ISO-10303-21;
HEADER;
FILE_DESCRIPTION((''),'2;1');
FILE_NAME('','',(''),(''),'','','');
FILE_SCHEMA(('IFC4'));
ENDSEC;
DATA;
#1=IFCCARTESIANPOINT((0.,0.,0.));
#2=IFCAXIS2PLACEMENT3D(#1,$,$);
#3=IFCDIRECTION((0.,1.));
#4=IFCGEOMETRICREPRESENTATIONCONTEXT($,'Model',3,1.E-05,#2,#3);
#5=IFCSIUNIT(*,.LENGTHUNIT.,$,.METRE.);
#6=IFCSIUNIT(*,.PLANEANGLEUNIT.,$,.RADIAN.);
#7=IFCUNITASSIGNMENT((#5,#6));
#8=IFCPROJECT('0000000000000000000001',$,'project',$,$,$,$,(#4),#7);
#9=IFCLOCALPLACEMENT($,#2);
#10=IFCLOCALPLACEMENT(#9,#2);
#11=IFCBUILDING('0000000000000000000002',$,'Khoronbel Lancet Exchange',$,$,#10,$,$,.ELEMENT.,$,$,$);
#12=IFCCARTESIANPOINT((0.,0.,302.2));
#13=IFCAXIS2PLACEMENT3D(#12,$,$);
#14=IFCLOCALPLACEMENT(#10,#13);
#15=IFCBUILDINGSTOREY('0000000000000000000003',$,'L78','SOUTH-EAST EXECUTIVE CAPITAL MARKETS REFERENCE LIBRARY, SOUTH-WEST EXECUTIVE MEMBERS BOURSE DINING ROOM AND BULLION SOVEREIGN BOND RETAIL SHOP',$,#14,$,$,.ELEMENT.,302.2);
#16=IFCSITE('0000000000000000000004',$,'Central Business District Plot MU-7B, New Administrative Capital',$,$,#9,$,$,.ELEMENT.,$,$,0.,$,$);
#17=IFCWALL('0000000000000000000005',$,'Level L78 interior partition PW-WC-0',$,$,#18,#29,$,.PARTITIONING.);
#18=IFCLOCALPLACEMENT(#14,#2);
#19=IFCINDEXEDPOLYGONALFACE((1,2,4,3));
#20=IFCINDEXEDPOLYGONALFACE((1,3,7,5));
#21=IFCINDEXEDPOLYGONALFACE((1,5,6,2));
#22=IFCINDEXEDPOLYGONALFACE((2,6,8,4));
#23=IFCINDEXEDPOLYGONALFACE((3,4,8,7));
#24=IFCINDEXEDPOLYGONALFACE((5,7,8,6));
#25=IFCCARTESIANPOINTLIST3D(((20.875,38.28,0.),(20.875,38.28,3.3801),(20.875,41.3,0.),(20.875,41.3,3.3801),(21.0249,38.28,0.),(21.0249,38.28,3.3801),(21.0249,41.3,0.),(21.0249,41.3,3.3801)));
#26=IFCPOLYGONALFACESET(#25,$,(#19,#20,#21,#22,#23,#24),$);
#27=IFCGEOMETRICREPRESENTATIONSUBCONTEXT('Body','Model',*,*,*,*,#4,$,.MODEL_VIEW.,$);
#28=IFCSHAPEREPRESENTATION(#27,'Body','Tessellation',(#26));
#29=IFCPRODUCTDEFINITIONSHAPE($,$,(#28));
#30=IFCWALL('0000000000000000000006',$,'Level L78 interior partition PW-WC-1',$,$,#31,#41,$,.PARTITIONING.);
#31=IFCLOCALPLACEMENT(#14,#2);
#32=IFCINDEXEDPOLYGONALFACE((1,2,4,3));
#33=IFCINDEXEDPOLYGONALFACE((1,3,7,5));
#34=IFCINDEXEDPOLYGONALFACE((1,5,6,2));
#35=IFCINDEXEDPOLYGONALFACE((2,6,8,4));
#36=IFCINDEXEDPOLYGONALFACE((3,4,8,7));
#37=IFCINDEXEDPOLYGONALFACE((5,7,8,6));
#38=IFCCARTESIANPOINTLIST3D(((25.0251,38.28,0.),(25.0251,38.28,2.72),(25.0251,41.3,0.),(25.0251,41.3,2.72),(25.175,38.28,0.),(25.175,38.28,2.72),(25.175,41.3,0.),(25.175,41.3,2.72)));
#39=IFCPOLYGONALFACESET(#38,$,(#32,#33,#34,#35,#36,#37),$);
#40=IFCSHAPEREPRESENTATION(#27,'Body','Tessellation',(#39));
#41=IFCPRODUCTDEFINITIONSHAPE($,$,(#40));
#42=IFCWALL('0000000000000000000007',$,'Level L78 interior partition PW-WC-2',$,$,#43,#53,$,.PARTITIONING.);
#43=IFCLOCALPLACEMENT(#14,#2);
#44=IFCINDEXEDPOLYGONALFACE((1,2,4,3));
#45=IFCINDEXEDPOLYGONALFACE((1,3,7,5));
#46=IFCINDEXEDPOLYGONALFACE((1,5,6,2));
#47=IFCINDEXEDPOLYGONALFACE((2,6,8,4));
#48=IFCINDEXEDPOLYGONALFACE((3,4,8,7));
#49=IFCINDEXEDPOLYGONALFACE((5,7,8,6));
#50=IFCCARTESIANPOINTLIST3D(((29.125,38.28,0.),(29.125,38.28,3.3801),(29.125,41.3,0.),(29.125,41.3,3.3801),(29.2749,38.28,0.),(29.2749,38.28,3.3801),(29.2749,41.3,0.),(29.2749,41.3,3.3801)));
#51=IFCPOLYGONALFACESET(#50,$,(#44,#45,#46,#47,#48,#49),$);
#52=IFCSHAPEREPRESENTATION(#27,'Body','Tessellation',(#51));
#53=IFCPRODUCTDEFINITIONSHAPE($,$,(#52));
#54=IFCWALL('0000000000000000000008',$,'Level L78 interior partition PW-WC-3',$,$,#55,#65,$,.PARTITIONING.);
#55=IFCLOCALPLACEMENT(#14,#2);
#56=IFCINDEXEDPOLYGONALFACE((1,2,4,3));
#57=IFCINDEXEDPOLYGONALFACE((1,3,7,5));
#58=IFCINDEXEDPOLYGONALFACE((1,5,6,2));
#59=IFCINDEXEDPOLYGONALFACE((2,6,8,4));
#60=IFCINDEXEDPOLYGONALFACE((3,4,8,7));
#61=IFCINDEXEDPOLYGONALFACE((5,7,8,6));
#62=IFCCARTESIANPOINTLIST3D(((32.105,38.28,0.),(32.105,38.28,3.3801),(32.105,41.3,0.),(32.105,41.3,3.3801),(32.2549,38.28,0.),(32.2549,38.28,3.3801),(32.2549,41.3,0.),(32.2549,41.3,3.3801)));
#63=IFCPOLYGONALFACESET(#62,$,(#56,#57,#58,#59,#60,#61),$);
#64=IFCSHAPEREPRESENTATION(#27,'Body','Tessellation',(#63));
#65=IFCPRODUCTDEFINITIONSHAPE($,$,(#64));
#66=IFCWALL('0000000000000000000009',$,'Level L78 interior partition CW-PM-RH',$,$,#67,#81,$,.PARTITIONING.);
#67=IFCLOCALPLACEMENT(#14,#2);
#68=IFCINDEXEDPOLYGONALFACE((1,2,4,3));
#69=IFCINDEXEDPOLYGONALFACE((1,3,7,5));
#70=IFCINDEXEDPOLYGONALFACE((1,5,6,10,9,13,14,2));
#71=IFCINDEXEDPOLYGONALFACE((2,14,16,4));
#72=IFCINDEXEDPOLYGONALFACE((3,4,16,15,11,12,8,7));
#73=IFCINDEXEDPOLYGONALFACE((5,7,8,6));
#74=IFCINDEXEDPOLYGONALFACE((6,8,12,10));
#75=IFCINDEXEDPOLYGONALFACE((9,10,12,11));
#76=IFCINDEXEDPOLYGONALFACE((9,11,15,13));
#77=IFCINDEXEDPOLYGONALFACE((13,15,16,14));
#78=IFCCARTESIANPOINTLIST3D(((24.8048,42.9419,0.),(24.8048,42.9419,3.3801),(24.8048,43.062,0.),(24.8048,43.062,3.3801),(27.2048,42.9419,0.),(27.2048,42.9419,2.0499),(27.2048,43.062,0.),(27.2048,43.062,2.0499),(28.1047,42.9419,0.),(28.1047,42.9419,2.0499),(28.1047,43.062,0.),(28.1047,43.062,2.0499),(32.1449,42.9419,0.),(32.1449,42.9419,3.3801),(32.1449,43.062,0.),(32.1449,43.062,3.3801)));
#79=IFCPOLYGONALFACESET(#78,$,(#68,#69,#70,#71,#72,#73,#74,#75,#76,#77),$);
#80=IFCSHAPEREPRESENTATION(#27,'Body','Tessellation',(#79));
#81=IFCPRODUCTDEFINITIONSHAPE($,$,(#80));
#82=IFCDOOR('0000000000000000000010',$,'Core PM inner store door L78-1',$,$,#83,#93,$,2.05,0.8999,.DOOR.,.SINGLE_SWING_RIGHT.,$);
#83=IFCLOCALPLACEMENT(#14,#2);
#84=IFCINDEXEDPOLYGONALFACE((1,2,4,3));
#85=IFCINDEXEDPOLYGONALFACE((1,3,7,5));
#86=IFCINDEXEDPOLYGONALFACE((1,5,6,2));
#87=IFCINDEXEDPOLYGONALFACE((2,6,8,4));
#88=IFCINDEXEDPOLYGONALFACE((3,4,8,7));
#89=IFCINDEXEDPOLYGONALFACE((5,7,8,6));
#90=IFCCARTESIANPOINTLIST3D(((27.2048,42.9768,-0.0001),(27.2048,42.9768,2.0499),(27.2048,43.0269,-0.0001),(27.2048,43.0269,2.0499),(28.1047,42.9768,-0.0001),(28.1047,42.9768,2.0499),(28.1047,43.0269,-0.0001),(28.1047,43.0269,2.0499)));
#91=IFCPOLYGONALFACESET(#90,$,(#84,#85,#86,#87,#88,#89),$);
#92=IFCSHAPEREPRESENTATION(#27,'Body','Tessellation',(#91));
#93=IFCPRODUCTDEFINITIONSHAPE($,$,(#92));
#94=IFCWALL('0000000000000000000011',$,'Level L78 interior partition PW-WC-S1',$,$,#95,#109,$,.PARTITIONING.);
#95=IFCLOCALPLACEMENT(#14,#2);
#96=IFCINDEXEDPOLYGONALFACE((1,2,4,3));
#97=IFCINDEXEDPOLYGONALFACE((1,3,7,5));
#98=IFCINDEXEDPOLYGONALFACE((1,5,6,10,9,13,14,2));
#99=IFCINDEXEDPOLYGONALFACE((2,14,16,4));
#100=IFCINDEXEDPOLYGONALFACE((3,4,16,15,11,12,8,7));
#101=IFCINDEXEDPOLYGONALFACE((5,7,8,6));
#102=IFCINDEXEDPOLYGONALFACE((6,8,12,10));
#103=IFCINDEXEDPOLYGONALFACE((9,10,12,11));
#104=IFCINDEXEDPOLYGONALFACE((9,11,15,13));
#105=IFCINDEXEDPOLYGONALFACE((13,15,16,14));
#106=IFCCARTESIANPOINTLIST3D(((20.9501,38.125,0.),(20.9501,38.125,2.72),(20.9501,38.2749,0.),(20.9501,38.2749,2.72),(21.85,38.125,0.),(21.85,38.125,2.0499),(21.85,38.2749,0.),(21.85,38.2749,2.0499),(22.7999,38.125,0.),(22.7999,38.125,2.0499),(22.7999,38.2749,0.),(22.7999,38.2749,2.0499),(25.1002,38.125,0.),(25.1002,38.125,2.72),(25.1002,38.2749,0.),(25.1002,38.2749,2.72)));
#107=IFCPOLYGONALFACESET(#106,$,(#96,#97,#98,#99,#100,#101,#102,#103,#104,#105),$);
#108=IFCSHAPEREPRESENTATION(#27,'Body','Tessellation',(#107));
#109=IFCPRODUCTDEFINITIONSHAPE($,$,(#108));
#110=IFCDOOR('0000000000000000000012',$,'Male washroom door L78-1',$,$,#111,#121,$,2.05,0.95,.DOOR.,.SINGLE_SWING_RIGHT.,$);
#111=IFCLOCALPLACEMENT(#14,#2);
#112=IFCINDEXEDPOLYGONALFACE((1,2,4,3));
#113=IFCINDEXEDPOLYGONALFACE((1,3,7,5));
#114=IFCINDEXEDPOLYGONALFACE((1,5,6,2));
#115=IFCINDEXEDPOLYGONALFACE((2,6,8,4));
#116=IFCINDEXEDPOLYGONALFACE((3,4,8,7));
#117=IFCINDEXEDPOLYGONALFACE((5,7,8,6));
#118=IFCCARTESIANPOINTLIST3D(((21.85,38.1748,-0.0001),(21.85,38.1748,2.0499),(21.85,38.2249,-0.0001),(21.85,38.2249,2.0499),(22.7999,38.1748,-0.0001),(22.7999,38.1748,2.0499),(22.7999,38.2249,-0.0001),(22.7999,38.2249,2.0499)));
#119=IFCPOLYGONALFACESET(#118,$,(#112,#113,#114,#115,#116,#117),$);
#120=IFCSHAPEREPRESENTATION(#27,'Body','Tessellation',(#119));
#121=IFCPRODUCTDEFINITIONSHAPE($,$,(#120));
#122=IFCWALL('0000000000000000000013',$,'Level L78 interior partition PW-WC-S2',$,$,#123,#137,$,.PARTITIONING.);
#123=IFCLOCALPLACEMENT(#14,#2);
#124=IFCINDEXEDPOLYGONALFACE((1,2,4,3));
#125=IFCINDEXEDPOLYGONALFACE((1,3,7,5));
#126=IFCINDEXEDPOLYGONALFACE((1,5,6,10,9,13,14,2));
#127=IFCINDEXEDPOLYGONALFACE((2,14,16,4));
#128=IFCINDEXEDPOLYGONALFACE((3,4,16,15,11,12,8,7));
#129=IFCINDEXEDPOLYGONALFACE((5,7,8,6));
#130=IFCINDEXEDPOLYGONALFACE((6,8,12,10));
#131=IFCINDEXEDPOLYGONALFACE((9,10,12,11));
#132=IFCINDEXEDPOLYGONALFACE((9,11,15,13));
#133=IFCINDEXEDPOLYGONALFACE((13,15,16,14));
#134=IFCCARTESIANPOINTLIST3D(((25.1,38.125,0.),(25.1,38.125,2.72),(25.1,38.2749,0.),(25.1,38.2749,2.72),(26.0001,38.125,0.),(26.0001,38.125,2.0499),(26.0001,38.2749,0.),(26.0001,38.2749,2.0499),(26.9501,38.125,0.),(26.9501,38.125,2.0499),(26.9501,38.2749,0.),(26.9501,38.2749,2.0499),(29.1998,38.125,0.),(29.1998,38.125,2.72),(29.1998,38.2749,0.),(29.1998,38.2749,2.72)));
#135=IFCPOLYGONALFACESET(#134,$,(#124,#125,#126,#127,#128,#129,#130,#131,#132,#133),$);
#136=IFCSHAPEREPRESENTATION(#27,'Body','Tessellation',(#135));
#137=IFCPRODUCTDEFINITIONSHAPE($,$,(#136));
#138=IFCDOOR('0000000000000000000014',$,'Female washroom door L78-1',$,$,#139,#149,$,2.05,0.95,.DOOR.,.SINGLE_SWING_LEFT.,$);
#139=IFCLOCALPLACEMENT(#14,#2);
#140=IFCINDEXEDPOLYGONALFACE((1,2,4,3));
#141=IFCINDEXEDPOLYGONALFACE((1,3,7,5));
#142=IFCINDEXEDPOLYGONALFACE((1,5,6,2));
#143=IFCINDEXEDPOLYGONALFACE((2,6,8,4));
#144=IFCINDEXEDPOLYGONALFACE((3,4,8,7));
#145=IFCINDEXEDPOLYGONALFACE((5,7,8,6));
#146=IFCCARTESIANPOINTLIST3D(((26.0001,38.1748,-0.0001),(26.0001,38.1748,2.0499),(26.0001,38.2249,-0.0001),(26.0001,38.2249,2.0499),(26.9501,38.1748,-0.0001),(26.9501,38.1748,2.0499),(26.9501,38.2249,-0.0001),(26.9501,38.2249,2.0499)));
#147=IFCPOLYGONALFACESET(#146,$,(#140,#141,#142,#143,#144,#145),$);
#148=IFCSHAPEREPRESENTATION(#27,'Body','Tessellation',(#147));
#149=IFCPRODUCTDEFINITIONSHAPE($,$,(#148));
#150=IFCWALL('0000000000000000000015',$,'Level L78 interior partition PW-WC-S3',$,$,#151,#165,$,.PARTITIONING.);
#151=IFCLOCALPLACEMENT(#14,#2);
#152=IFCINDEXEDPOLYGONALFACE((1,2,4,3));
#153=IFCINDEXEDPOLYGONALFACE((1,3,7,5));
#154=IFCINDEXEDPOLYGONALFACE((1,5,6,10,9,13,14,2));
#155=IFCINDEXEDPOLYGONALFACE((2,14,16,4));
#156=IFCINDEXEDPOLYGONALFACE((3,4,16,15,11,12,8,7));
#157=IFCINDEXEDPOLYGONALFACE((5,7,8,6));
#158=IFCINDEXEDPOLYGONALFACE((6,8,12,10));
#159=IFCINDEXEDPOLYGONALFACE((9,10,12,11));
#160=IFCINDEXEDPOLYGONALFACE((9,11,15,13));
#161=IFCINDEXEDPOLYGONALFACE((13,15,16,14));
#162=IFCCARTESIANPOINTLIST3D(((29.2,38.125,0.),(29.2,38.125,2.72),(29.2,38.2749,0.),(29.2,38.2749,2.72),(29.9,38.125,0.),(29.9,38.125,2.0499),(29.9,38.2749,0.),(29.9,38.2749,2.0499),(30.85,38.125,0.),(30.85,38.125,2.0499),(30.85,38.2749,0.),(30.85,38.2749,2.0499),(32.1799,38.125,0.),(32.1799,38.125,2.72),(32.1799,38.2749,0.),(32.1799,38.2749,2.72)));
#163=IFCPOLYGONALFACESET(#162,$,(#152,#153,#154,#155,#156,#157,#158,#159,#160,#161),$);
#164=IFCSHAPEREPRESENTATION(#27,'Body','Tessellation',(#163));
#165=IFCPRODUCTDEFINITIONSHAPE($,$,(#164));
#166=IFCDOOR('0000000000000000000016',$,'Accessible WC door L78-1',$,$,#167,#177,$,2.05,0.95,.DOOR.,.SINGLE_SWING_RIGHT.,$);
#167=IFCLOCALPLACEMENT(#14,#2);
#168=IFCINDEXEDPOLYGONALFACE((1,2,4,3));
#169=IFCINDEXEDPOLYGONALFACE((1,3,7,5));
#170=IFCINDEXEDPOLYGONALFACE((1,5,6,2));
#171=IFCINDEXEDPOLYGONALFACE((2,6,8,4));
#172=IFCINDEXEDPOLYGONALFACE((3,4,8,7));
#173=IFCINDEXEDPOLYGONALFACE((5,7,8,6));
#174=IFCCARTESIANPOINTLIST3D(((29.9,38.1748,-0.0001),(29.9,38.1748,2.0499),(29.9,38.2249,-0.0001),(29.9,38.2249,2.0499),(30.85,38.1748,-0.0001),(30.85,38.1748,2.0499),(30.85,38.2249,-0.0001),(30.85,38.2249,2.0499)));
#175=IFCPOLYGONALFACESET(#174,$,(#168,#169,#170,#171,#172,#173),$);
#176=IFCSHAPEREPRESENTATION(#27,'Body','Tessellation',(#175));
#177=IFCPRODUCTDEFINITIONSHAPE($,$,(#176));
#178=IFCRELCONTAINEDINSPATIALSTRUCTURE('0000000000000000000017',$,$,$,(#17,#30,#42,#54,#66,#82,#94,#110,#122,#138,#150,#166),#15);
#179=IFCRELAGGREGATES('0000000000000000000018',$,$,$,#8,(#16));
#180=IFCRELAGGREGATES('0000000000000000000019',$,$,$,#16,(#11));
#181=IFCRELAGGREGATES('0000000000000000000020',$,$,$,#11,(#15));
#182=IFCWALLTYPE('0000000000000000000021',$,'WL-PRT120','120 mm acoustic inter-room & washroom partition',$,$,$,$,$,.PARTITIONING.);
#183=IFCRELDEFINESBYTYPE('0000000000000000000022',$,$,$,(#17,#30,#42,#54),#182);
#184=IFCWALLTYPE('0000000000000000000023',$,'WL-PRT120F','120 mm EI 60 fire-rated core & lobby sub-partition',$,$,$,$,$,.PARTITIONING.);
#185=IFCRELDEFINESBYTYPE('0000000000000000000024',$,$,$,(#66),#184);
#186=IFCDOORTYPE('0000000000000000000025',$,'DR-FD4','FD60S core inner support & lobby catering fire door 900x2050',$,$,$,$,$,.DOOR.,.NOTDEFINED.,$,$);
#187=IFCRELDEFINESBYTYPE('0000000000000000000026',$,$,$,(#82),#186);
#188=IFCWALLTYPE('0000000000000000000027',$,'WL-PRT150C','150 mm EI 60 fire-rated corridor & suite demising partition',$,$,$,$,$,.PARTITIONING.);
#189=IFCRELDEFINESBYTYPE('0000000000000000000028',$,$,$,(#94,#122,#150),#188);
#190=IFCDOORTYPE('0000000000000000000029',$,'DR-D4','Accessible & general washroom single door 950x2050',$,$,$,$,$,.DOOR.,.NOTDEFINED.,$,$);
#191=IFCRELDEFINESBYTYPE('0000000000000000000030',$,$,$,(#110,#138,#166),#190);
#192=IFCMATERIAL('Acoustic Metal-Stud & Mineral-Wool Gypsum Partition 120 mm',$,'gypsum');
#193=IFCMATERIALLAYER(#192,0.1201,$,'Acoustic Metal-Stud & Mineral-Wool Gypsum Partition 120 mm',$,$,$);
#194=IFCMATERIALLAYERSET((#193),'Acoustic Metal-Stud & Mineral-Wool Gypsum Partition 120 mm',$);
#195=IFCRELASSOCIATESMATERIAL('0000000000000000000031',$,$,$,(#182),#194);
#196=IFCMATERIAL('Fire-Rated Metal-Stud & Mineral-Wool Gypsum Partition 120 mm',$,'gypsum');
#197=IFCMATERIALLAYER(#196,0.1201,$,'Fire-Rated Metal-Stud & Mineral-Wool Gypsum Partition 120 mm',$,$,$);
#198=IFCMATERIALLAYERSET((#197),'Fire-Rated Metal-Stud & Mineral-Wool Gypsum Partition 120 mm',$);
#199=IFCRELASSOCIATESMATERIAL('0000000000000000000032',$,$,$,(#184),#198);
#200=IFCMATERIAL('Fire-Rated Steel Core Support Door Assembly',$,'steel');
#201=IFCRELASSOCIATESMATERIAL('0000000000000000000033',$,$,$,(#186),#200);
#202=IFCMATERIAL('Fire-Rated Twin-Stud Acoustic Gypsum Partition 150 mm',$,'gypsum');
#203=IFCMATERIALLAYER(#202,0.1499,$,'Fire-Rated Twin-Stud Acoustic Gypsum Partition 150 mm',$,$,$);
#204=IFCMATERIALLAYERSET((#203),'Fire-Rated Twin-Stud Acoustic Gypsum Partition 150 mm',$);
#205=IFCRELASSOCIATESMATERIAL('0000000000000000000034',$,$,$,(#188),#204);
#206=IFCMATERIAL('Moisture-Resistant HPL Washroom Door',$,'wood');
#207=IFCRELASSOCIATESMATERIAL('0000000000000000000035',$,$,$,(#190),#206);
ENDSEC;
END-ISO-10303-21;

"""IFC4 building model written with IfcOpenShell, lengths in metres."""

from ifc_helpers import new_model, si_unit, direction, frame, frame_2d, origin, place, context, subcontext, project, spatial, rectangle, extrude, material, layer, layer_set, type_object, element, fill, save


model = new_model("IFC4")

# Units and contexts
model_context = context("Model", 3, precision=1e-05, world=origin(), true_north=direction((0.0, 1.0)))
body_context = subcontext(model_context, "Body", "Model", "MODEL_VIEW")
ifc_project = project(units=[si_unit("LENGTHUNIT", "METRE"), si_unit("PLANEANGLEUNIT", "RADIAN")], contexts=[model_context])

# Site, building, storey
site_placement = place(None, origin())
site = spatial("IfcSite", under=ifc_project, at=site_placement, Name="Central Business District Plot MU-7B, New Administrative Capital", CompositionType="ELEMENT", RefElevation=0.0)
building_placement = place(site_placement, origin())
building = spatial("IfcBuilding", under=site, at=building_placement, Name="Khoronbel Lancet Exchange", CompositionType="ELEMENT")
storey_placement = place(building_placement, frame((0.0, 0.0, 302.2)))
storey = spatial("IfcBuildingStorey", under=building, at=storey_placement, Name="L78", Description="SOUTH-EAST EXECUTIVE CAPITAL MARKETS REFERENCE LIBRARY, SOUTH-WEST EXECUTIVE MEMBERS BOURSE DINING ROOM AND BULLION SOVEREIGN BOND RETAIL SHOP", CompositionType="ELEMENT", Elevation=302.2)

# Walls
ifc_material_1 = material(Name="Acoustic Metal-Stud & Mineral-Wool Gypsum Partition 120 mm", Category="gypsum")
ifc_layer_1 = layer(ifc_material_1, 0.1201, Name="Acoustic Metal-Stud & Mineral-Wool Gypsum Partition 120 mm")
ifc_layer_set_1 = layer_set([ifc_layer_1], Name="Acoustic Metal-Stud & Mineral-Wool Gypsum Partition 120 mm")
wall_type_1 = type_object("IfcWallType", Name="WL-PRT120", Description="120 mm acoustic inter-room & washroom partition", PredefinedType="PARTITIONING", material=ifc_layer_set_1)
wall_1_placement = place(storey_placement, frame((20.95, 38.28, 0.0), z_axis=(0.0, 0.0, 1.0), x_axis=(0.0, 1.0, 0.0)))
element("IfcWall", 1, at=wall_1_placement, inside=storey, type_object=wall_type_1, Name="Level L78 interior partition PW-WC-0", PredefinedType="PARTITIONING", context=body_context, shape_type="SweptSolid", body=[
    extrude(rectangle(XDim=3.02, YDim=0.1499, at=frame_2d((1.51, 0.0))), origin(), (0.0, 0.0, 1.0), 3.3801),
])
wall_2_placement = place(storey_placement, frame((25.1001, 38.28, 0.0), z_axis=(0.0, 0.0, 1.0), x_axis=(0.0, 1.0, 0.0)))
element("IfcWall", 2, at=wall_2_placement, inside=storey, type_object=wall_type_1, Name="Level L78 interior partition PW-WC-1", PredefinedType="PARTITIONING", context=body_context, shape_type="SweptSolid", body=[
    extrude(rectangle(XDim=3.02, YDim=0.1499, at=frame_2d((1.51, 0.0))), origin(), (0.0, 0.0, 1.0), 2.72),
])
for number, where, z_axis, x_axis, name in (
    (3, (29.2, 38.28, 0.0), (0.0, 0.0, 1.0), (0.0, 1.0, 0.0), "Level L78 interior partition PW-WC-2"),
    (4, (32.1799, 38.28, 0.0), (0.0, 0.0, 1.0), (0.0, 1.0, 0.0), "Level L78 interior partition PW-WC-3"),
):
    element("IfcWall", number, at=place(storey_placement, frame(where, z_axis=z_axis, x_axis=x_axis)), inside=storey, type_object=wall_type_1, Name=name, PredefinedType="PARTITIONING", context=body_context, shape_type="SweptSolid", body=[
        extrude(rectangle(XDim=3.02, YDim=0.1499, at=frame_2d((1.51, 0.0))), origin(), (0.0, 0.0, 1.0), 3.3801),
    ])

# Walls, openings, doors
ifc_material_2 = material(Name="Fire-Rated Metal-Stud & Mineral-Wool Gypsum Partition 120 mm", Category="gypsum")
ifc_layer_2 = layer(ifc_material_2, 0.1201, Name="Fire-Rated Metal-Stud & Mineral-Wool Gypsum Partition 120 mm")
ifc_layer_set_2 = layer_set([ifc_layer_2], Name="Fire-Rated Metal-Stud & Mineral-Wool Gypsum Partition 120 mm")
wall_type_2 = type_object("IfcWallType", Name="WL-PRT120F", Description="120 mm EI 60 fire-rated core & lobby sub-partition", PredefinedType="PARTITIONING", material=ifc_layer_set_2)
wall_3_placement = place(storey_placement, frame((24.8049, 43.002, 0.0), z_axis=(0.0, 0.0, 1.0), x_axis=(1.0, 0.0, 0.0)))
wall_3 = element("IfcWall", 5, at=wall_3_placement, inside=storey, type_object=wall_type_2, Name="Level L78 interior partition CW-PM-RH", PredefinedType="PARTITIONING", context=body_context, shape_type="SweptSolid", body=[
    extrude(rectangle(XDim=7.3401, YDim=0.1201, at=frame_2d((3.6699, 0.0))), origin(), (0.0, 0.0, 1.0), 3.3801),
])
opening_1_placement = place(wall_3_placement, frame((2.3999, 0.0, 0.0)))
opening_1 = element("IfcOpeningElement", 6, at=opening_1_placement, cuts=wall_3, PredefinedType="OPENING", context=body_context, shape_type="SweptSolid", body=[
    extrude(rectangle(XDim=0.8999, YDim=2.05, at=frame_2d((0.45, 1.0249))), frame((0.0, 0.0701, 0.0), z_axis=(0.0, -1.0, 0.0), x_axis=(1.0, 0.0, 0.0)), (0.0, 0.0, 1.0), 0.1401),
])
ifc_material_3 = material(Name="Fire-Rated Steel Core Support Door Assembly", Category="steel")
door_type_1 = type_object("IfcDoorType", Name="DR-FD4", Description="FD60S core inner support & lobby catering fire door 900x2050", OperationType="NOTDEFINED", PredefinedType="DOOR", material=ifc_material_3)
door_1_placement = place(opening_1_placement, origin())
door_1 = element("IfcDoor", 7, at=door_1_placement, inside=storey, type_object=door_type_1, Name="Core PM inner store door L78-1", OperationType="SINGLE_SWING_RIGHT", OverallHeight=2.05, OverallWidth=0.8999, PredefinedType="DOOR", context=body_context, shape_type="SweptSolid", body=[
    extrude(rectangle(XDim=0.8999, YDim=2.05, at=frame_2d((0.45, 1.0249))), frame((0.0, 0.0249, 0.0), z_axis=(0.0, -1.0, 0.0), x_axis=(1.0, 0.0, 0.0)), (0.0, 0.0, 1.0), 0.05),
])
fill(opening_1, door_1)
ifc_material_4 = material(Name="Fire-Rated Twin-Stud Acoustic Gypsum Partition 150 mm", Category="gypsum")
ifc_layer_3 = layer(ifc_material_4, 0.1499, Name="Fire-Rated Twin-Stud Acoustic Gypsum Partition 150 mm")
ifc_layer_set_3 = layer_set([ifc_layer_3], Name="Fire-Rated Twin-Stud Acoustic Gypsum Partition 150 mm")
wall_type_3 = type_object("IfcWallType", Name="WL-PRT150C", Description="150 mm EI 60 fire-rated corridor & suite demising partition", PredefinedType="PARTITIONING", material=ifc_layer_set_3)
wall_4_placement = place(storey_placement, frame((20.95, 38.2, 0.0), z_axis=(0.0, 0.0, 1.0), x_axis=(1.0, 0.0, 0.0)))
wall_4 = element("IfcWall", 8, at=wall_4_placement, inside=storey, type_object=wall_type_3, Name="Level L78 interior partition PW-WC-S1", PredefinedType="PARTITIONING", context=body_context, shape_type="SweptSolid", body=[
    extrude(rectangle(XDim=4.1501, YDim=0.1499, at=frame_2d((2.0752, 0.0))), origin(), (0.0, 0.0, 1.0), 2.72),
])
opening_2_placement = place(wall_4_placement, frame((0.8999, 0.0, 0.0)))
opening_2 = element("IfcOpeningElement", 9, at=opening_2_placement, cuts=wall_4, PredefinedType="OPENING", context=body_context, shape_type="SweptSolid", body=[
    extrude(rectangle(XDim=0.95, YDim=2.05, at=frame_2d((0.4751, 1.0249))), frame((0.0, 0.085, 0.0), z_axis=(0.0, -1.0, 0.0), x_axis=(1.0, 0.0, 0.0)), (0.0, 0.0, 1.0), 0.1699),
])
ifc_material_5 = material(Name="Moisture-Resistant HPL Washroom Door", Category="wood")
door_type_2 = type_object("IfcDoorType", Name="DR-D4", Description="Accessible & general washroom single door 950x2050", OperationType="NOTDEFINED", PredefinedType="DOOR", material=ifc_material_5)
door_2_placement = place(opening_2_placement, origin())
door_2 = element("IfcDoor", 10, at=door_2_placement, inside=storey, type_object=door_type_2, Name="Male washroom door L78-1", OperationType="SINGLE_SWING_RIGHT", OverallHeight=2.05, OverallWidth=0.95, PredefinedType="DOOR", context=body_context, shape_type="SweptSolid", body=[
    extrude(rectangle(XDim=0.95, YDim=2.05, at=frame_2d((0.4751, 1.0249))), frame((0.0, 0.0249, 0.0), z_axis=(0.0, -1.0, 0.0), x_axis=(1.0, 0.0, 0.0)), (0.0, 0.0, 1.0), 0.05),
])
fill(opening_2, door_2)
wall_5_placement = place(storey_placement, frame((25.1001, 38.2, 0.0), z_axis=(0.0, 0.0, 1.0), x_axis=(1.0, 0.0, 0.0)))
wall_5 = element("IfcWall", 11, at=wall_5_placement, inside=storey, type_object=wall_type_3, Name="Level L78 interior partition PW-WC-S2", PredefinedType="PARTITIONING", context=body_context, shape_type="SweptSolid", body=[
    extrude(rectangle(XDim=4.0999, YDim=0.1499, at=frame_2d((2.0498, 0.0))), origin(), (0.0, 0.0, 1.0), 2.72),
])
opening_3_placement = place(wall_5_placement, frame((0.8999, 0.0, 0.0)))
opening_3 = element("IfcOpeningElement", 12, at=opening_3_placement, cuts=wall_5, PredefinedType="OPENING", context=body_context, shape_type="SweptSolid", body=[
    extrude(rectangle(XDim=0.95, YDim=2.05, at=frame_2d((0.4751, 1.0249))), frame((0.0, 0.085, 0.0), z_axis=(0.0, -1.0, 0.0), x_axis=(1.0, 0.0, 0.0)), (0.0, 0.0, 1.0), 0.1699),
])
door_3_placement = place(opening_3_placement, origin())
door_3 = element("IfcDoor", 13, at=door_3_placement, inside=storey, type_object=door_type_2, Name="Female washroom door L78-1", OperationType="SINGLE_SWING_LEFT", OverallHeight=2.05, OverallWidth=0.95, PredefinedType="DOOR", context=body_context, shape_type="SweptSolid", body=[
    extrude(rectangle(XDim=0.95, YDim=2.05, at=frame_2d((0.4751, 1.0249))), frame((0.0, 0.0249, 0.0), z_axis=(0.0, -1.0, 0.0), x_axis=(1.0, 0.0, 0.0)), (0.0, 0.0, 1.0), 0.05),
])
fill(opening_3, door_3)
wall_6_placement = place(storey_placement, frame((29.2, 38.2, 0.0), z_axis=(0.0, 0.0, 1.0), x_axis=(1.0, 0.0, 0.0)))
wall_6 = element("IfcWall", 14, at=wall_6_placement, inside=storey, type_object=wall_type_3, Name="Level L78 interior partition PW-WC-S3", PredefinedType="PARTITIONING", context=body_context, shape_type="SweptSolid", body=[
    extrude(rectangle(XDim=2.98, YDim=0.1499, at=frame_2d((1.49, 0.0))), origin(), (0.0, 0.0, 1.0), 2.72),
])
opening_4_placement = place(wall_6_placement, frame((0.7, 0.0, 0.0)))
opening_4 = element("IfcOpeningElement", 15, at=opening_4_placement, cuts=wall_6, PredefinedType="OPENING", context=body_context, shape_type="SweptSolid", body=[
    extrude(rectangle(XDim=0.95, YDim=2.05, at=frame_2d((0.4751, 1.0249))), frame((0.0, 0.085, 0.0), z_axis=(0.0, -1.0, 0.0), x_axis=(1.0, 0.0, 0.0)), (0.0, 0.0, 1.0), 0.1699),
])
door_4_placement = place(opening_4_placement, origin())
door_4 = element("IfcDoor", 16, at=door_4_placement, inside=storey, type_object=door_type_2, Name="Accessible WC door L78-1", OperationType="SINGLE_SWING_RIGHT", OverallHeight=2.05, OverallWidth=0.95, PredefinedType="DOOR", context=body_context, shape_type="SweptSolid", body=[
    extrude(rectangle(XDim=0.95, YDim=2.05, at=frame_2d((0.4751, 1.0249))), frame((0.0, 0.0249, 0.0), z_axis=(0.0, -1.0, 0.0), x_axis=(1.0, 0.0, 0.0)), (0.0, 0.0, 1.0), 0.05),
])
fill(opening_4, door_4)

save(model, "model.ifc")
